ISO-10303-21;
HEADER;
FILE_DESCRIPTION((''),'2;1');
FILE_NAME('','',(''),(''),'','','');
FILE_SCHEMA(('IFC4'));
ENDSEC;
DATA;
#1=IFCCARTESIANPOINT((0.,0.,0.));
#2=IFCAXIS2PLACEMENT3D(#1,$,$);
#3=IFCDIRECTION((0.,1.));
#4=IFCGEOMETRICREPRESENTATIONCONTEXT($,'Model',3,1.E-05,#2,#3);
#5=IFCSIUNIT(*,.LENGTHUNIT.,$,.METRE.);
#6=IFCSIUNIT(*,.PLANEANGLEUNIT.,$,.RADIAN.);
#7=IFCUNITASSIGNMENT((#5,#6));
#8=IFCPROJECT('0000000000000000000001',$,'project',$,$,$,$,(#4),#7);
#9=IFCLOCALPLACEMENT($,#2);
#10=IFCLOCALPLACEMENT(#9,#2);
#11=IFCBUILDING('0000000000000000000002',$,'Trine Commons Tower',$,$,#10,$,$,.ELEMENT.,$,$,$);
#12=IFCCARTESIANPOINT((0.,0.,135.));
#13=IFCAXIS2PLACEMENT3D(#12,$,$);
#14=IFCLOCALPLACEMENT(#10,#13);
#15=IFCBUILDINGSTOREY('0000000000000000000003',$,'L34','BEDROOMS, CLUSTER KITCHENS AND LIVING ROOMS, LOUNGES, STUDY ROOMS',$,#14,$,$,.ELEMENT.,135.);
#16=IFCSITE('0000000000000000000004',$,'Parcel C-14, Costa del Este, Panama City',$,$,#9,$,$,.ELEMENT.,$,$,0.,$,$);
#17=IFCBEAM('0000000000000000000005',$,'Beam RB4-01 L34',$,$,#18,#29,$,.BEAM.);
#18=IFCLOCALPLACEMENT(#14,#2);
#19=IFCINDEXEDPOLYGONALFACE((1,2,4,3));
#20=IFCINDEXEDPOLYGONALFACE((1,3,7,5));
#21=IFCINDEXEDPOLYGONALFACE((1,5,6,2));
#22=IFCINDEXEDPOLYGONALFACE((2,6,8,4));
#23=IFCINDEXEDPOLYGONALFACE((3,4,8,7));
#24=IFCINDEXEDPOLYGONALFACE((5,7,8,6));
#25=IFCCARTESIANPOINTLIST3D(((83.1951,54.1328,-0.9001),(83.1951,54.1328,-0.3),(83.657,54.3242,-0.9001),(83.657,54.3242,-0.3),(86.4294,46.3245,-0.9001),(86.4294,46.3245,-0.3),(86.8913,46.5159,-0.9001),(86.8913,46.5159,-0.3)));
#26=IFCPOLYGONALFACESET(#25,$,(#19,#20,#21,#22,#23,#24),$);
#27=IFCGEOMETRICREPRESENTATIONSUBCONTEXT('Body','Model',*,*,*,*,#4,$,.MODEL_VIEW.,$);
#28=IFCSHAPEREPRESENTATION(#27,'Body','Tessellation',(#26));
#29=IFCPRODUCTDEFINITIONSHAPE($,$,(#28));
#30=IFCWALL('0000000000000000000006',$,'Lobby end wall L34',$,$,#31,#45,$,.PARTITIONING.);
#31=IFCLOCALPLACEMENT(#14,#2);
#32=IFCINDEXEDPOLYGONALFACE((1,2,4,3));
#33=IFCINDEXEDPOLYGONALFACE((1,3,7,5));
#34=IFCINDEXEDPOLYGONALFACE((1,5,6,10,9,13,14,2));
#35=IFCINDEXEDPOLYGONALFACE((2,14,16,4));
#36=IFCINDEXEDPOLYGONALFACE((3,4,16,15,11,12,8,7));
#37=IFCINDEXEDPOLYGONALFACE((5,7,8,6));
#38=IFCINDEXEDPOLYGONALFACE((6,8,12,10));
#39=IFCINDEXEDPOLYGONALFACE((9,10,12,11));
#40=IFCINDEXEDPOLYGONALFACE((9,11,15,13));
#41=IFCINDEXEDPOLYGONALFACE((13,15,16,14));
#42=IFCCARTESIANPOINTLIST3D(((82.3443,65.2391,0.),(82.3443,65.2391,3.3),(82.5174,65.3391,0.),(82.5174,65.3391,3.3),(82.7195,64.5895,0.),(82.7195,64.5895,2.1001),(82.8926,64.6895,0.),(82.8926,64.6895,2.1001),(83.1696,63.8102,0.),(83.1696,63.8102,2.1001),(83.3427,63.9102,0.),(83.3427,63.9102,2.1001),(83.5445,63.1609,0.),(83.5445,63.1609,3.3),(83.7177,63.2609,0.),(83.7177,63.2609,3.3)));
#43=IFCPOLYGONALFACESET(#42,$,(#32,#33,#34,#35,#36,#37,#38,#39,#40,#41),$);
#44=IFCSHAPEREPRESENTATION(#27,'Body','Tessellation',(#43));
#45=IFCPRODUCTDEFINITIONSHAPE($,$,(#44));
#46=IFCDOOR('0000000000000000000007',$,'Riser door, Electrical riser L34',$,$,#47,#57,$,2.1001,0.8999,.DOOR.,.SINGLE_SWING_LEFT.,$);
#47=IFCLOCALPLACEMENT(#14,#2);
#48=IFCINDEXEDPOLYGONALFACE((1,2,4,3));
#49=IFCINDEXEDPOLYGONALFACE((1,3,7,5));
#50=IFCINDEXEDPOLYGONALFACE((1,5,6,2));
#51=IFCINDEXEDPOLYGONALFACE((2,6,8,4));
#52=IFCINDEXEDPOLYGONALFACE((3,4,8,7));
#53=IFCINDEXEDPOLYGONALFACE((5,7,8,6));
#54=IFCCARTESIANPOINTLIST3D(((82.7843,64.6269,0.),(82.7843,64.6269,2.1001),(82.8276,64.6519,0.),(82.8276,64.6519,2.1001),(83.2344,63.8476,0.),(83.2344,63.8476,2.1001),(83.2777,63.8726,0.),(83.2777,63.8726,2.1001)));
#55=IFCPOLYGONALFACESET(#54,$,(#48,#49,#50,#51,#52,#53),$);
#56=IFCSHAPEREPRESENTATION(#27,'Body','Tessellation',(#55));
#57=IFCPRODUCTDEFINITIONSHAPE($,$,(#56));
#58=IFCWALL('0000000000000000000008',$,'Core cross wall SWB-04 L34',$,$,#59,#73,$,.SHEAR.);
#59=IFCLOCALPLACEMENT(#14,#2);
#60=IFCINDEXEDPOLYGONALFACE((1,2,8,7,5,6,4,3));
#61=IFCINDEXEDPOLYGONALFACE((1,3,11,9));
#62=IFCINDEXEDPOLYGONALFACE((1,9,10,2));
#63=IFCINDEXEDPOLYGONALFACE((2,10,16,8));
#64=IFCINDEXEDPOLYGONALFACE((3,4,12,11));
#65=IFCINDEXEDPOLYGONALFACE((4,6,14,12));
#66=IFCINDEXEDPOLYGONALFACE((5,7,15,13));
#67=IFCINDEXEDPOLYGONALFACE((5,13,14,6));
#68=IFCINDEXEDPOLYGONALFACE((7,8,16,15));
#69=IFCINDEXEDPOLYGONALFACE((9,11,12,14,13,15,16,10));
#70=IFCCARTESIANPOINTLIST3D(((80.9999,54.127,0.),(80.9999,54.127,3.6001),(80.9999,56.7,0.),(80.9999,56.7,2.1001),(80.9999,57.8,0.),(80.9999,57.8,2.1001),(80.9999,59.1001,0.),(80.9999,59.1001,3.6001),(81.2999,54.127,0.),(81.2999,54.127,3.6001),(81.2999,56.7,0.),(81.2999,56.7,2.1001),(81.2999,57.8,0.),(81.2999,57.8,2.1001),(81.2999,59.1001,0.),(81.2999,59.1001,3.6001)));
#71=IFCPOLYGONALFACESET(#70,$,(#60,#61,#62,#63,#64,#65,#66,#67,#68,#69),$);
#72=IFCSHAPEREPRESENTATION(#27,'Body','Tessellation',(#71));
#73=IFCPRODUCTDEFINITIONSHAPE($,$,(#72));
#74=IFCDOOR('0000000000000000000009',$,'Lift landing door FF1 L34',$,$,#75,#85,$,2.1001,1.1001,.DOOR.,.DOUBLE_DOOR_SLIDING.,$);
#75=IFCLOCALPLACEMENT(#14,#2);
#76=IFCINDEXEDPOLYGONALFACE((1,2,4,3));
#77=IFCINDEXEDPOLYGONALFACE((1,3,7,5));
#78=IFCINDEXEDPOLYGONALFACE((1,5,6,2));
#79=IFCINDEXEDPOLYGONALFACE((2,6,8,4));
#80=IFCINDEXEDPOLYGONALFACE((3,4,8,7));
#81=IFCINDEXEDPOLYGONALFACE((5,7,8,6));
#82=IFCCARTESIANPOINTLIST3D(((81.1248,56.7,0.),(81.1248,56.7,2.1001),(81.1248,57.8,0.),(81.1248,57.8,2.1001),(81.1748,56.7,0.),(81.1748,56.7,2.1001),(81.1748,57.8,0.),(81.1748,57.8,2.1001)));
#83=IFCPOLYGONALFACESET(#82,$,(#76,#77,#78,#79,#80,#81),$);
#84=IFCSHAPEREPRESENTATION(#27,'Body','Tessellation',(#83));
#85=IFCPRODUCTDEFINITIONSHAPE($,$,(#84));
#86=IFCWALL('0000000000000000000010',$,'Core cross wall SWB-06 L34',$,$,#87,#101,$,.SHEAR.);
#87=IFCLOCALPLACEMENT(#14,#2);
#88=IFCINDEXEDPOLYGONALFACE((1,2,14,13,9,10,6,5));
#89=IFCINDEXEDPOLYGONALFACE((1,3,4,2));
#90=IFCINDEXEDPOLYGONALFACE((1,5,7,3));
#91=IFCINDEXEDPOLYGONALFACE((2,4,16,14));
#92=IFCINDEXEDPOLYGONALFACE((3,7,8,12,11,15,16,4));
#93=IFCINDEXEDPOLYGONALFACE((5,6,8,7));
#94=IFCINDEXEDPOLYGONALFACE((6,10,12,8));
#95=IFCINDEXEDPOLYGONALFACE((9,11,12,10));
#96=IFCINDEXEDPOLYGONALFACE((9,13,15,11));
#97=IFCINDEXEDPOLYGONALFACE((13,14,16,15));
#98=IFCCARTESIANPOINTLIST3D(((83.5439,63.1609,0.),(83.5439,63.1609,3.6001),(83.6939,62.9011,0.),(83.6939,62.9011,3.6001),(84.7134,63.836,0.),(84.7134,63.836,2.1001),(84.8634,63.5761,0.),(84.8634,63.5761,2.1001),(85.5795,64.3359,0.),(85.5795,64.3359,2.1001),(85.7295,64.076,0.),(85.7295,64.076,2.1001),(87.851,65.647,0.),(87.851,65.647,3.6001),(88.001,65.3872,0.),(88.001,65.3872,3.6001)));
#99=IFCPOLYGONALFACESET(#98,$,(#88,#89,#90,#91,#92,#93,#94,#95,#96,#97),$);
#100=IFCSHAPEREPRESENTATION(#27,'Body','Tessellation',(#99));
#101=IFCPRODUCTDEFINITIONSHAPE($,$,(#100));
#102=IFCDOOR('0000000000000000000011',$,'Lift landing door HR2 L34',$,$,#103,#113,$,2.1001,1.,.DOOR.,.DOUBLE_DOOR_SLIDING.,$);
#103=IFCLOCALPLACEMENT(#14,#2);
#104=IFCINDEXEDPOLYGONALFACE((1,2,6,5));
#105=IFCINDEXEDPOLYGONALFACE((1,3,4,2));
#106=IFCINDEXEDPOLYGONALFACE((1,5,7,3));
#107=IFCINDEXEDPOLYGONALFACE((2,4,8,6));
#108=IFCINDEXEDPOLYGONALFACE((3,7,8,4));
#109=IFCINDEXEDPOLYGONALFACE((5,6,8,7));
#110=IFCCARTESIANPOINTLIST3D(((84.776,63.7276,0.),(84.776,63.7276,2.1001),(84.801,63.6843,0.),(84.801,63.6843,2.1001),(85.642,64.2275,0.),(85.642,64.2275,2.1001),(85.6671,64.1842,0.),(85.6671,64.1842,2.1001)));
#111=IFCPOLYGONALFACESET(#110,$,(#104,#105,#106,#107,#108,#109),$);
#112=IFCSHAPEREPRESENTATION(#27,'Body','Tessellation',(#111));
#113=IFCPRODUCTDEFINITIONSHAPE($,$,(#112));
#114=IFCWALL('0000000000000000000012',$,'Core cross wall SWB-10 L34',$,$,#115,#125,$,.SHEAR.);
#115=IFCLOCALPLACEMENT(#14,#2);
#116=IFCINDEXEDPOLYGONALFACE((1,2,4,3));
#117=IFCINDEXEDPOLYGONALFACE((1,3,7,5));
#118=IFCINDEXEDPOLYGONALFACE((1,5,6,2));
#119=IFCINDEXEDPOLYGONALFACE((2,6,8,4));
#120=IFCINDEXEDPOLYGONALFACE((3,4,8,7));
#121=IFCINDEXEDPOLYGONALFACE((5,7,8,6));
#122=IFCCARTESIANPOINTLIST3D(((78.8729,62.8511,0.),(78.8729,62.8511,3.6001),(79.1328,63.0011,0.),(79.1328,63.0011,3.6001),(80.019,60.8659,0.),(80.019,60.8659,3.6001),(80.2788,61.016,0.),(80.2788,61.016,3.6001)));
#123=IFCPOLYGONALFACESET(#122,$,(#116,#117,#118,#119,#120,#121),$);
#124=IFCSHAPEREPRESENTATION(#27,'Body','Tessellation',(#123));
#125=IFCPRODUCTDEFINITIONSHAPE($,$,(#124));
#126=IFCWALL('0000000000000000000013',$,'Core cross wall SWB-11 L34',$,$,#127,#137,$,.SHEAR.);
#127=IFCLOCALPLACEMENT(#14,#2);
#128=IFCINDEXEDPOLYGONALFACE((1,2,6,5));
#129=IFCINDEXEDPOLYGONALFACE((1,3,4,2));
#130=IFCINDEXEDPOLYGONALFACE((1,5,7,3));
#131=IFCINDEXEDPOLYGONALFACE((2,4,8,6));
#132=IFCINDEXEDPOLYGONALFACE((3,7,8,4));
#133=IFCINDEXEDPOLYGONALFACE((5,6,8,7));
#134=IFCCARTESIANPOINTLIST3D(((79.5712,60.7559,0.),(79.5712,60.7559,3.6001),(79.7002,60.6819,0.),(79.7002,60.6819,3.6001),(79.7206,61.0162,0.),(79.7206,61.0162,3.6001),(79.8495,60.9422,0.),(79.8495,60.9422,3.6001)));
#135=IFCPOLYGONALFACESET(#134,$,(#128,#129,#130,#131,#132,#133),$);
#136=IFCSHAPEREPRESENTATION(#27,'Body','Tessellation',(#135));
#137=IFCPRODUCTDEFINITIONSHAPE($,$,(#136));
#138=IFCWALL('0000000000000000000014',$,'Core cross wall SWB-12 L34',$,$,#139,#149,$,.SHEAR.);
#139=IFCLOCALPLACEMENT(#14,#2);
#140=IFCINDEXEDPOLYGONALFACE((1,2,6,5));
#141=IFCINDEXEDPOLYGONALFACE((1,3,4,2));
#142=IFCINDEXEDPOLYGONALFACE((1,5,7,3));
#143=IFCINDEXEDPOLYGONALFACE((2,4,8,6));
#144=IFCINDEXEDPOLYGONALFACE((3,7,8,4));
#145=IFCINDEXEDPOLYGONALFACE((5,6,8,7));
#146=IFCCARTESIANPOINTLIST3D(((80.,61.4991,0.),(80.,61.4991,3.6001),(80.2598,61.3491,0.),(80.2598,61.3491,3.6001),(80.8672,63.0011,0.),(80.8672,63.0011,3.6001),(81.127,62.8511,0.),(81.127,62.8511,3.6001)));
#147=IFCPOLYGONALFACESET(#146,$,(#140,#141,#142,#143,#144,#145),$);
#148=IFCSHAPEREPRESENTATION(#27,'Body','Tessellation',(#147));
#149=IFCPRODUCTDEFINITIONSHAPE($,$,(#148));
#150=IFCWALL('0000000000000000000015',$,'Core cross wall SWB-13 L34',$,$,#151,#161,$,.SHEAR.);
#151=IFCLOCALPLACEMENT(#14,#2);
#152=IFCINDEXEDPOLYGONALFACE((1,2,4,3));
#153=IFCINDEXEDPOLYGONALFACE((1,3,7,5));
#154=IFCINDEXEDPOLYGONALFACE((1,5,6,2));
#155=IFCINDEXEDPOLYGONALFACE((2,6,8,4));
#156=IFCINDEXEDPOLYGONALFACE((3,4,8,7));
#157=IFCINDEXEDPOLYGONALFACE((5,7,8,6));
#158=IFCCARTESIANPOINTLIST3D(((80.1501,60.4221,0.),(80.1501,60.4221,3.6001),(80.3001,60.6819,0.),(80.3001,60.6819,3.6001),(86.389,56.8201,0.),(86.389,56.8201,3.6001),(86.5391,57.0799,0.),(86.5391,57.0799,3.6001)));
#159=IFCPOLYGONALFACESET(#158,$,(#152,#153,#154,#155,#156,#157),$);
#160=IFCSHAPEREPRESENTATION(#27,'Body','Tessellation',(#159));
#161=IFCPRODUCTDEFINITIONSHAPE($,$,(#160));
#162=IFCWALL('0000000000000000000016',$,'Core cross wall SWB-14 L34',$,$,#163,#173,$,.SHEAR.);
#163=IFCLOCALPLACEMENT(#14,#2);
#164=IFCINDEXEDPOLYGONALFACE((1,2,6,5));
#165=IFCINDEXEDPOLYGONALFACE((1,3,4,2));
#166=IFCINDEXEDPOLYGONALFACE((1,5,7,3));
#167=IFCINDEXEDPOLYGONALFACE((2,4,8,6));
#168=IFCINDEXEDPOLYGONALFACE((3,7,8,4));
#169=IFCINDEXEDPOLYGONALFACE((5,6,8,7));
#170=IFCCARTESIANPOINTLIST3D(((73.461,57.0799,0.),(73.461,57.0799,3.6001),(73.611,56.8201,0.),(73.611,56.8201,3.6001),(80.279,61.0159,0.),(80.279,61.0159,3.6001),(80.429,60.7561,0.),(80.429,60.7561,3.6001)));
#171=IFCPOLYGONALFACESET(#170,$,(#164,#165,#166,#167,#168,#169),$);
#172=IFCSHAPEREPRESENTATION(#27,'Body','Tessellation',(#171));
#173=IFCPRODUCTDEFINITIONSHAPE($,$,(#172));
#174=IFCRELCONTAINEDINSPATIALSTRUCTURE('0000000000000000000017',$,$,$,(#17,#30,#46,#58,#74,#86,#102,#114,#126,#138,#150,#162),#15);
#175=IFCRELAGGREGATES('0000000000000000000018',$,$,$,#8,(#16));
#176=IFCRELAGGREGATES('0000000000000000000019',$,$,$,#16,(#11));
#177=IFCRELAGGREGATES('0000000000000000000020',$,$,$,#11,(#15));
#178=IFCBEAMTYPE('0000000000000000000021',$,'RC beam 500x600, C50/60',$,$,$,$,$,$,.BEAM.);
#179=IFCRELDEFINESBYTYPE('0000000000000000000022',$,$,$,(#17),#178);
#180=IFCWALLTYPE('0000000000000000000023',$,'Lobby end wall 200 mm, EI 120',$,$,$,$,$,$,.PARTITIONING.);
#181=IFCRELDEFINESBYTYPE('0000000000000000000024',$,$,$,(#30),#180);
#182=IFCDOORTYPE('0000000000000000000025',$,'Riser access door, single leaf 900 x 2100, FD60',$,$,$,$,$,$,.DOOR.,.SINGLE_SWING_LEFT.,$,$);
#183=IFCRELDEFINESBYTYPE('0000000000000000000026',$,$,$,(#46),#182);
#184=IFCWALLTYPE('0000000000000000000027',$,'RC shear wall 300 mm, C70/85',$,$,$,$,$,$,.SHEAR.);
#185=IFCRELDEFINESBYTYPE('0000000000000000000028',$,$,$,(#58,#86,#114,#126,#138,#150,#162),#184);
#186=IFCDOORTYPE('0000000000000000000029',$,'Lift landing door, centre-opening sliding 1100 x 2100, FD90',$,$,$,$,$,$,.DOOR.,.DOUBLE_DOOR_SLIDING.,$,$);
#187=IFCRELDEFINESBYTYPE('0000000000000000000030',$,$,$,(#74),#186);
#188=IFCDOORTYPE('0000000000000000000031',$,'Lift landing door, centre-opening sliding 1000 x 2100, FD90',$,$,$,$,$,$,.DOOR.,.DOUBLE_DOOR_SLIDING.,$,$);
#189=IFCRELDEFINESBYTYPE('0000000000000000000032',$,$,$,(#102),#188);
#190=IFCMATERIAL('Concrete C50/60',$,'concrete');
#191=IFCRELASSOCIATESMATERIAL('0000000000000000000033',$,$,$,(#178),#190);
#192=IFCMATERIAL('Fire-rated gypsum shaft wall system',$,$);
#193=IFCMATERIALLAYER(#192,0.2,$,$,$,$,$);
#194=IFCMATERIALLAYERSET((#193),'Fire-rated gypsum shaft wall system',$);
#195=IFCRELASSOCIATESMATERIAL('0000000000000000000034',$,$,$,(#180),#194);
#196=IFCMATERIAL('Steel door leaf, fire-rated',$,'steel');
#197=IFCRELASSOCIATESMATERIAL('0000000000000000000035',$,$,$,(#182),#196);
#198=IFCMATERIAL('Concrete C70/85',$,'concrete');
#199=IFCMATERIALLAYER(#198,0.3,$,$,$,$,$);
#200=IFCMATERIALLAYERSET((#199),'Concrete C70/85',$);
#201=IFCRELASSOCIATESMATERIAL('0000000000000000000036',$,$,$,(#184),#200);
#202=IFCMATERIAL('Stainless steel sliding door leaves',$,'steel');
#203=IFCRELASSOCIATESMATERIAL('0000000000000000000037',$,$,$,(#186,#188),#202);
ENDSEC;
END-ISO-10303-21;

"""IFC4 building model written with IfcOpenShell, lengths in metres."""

from ifc_helpers import new_model, si_unit, direction, frame, frame_2d, origin, origin_2d, place, context, subcontext, project, spatial, rectangle, extrude, material, layer, layer_set, material_profile, profile_set, type_object, element, fill, save


model = new_model("IFC4")

# Units and contexts
model_context = context("Model", 3, precision=1e-05, world=origin(), true_north=direction((0.0, 1.0)))
body_context = subcontext(model_context, "Body", "Model", "MODEL_VIEW")
ifc_project = project(units=[si_unit("LENGTHUNIT", "METRE"), si_unit("PLANEANGLEUNIT", "RADIAN")], contexts=[model_context])

# Site, building, storey
site_placement = place(None, origin())
site = spatial("IfcSite", under=ifc_project, at=site_placement, Name="Parcel C-14, Costa del Este, Panama City", CompositionType="ELEMENT", RefElevation=0.0)
building_placement = place(site_placement, origin())
building = spatial("IfcBuilding", under=site, at=building_placement, Name="Trine Commons Tower", CompositionType="ELEMENT")
storey_placement = place(building_placement, frame((0.0, 0.0, 135.0)))
storey = spatial("IfcBuildingStorey", under=building, at=storey_placement, Name="L34", Description="BEDROOMS, CLUSTER KITCHENS AND LIVING ROOMS, LOUNGES, STUDY ROOMS", CompositionType="ELEMENT", Elevation=135.0)

# Beam
ifc_material_1 = material(Name="Concrete C50/60", Category="concrete")
ifc_material_profile = material_profile(ifc_material_1, rectangle(XDim=0.5, YDim=0.6001, at=origin_2d()), Name="RC 500x600")
ifc_profile_set = profile_set([ifc_material_profile], Name="Concrete C50/60")
beam_type = type_object("IfcBeamType", Name="RC beam 500x600, C50/60", PredefinedType="BEAM", material=ifc_profile_set)
beam_placement = place(storey_placement, frame((83.426, 54.2285, -0.6001), z_axis=(0.382689, -0.923877, 0.0), x_axis=(0.923877, 0.382689, 0.0)))
element("IfcBeam", 1, at=beam_placement, inside=storey, type_object=beam_type, Name="Beam RB4-01 L34", PredefinedType="BEAM", context=body_context, shape_type="SweptSolid", body=[
    extrude(rectangle(XDim=0.5, YDim=0.6001, at=origin_2d()), origin(), (0.0, 0.0, 1.0), 8.4517),
])

# Walls, openings, doors
ifc_material_2 = material(Name="Fire-rated gypsum shaft wall system")
ifc_layer_1 = layer(ifc_material_2, 0.2)
ifc_layer_set_1 = layer_set([ifc_layer_1], Name="Fire-rated gypsum shaft wall system")
wall_type_1 = type_object("IfcWallType", Name="Lobby end wall 200 mm, EI 120", PredefinedType="PARTITIONING", material=ifc_layer_set_1)
wall_1_placement = place(storey_placement, frame((83.6311, 63.2109, 0.0), z_axis=(0.0, 0.0, 1.0), x_axis=(-0.500122, 0.865955, 0.0)))
wall_1 = element("IfcWall", 2, at=wall_1_placement, inside=storey, type_object=wall_type_1, Name="Lobby end wall L34", PredefinedType="PARTITIONING", context=body_context, shape_type="SweptSolid", body=[
    extrude(rectangle(XDim=2.3999, YDim=0.2, at=frame_2d((1.2, 0.0))), origin(), (0.0, 0.0, 1.0), 3.3),
])
opening_1_placement = place(wall_1_placement, frame((0.7498, 0.0, 0.0)))
opening_1 = element("IfcOpeningElement", 3, at=opening_1_placement, cuts=wall_1, PredefinedType="OPENING", context=body_context, shape_type="SweptSolid", body=[
    extrude(rectangle(XDim=0.8999, YDim=2.1001, at=frame_2d((0.45, 1.05))), frame((0.0, 0.1099, 0.0), z_axis=(0.0, -1.0, 0.0), x_axis=(1.0, 0.0, 0.0)), (0.0, 0.0, 1.0), 0.22),
])
ifc_material_3 = material(Name="Steel door leaf, fire-rated", Category="steel")
door_type_1 = type_object("IfcDoorType", Name="Riser access door, single leaf 900 x 2100, FD60", OperationType="SINGLE_SWING_LEFT", PredefinedType="DOOR", material=ifc_material_3)
door_1_placement = place(opening_1_placement, frame((0.8999, 0.0, 0.0), z_axis=(0.0, 0.0, 1.0), x_axis=(-1.0, 0.0, 0.0)))
door_1 = element("IfcDoor", 4, at=door_1_placement, inside=storey, type_object=door_type_1, Name="Riser door, Electrical riser L34", OperationType="SINGLE_SWING_LEFT", OverallHeight=2.1001, OverallWidth=0.8999, PredefinedType="DOOR", context=body_context, shape_type="SweptSolid", body=[
    extrude(rectangle(XDim=0.8999, YDim=2.1001, at=frame_2d((0.45, 1.05))), frame((0.0, 0.0249, 0.0), z_axis=(0.0, -1.0, 0.0), x_axis=(1.0, 0.0, 0.0)), (0.0, 0.0, 1.0), 0.05),
])
fill(opening_1, door_1)
ifc_material_4 = material(Name="Concrete C70/85", Category="concrete")
ifc_layer_2 = layer(ifc_material_4, 0.3)
ifc_layer_set_2 = layer_set([ifc_layer_2], Name="Concrete C70/85")
wall_type_2 = type_object("IfcWallType", Name="RC shear wall 300 mm, C70/85", PredefinedType="SHEAR", material=ifc_layer_set_2)
wall_2_placement = place(storey_placement, frame((81.1499, 59.1001, 0.0), z_axis=(0.0, 0.0, 1.0), x_axis=(0.0, -1.0, 0.0)))
wall_2 = element("IfcWall", 5, at=wall_2_placement, inside=storey, type_object=wall_type_2, Name="Core cross wall SWB-04 L34", PredefinedType="SHEAR", context=body_context, shape_type="SweptSolid", body=[
    extrude(rectangle(XDim=4.9731, YDim=0.3, at=frame_2d((2.4866, 0.0))), origin(), (0.0, 0.0, 1.0), 3.6001),
])
opening_2_placement = place(wall_2_placement, frame((1.3, 0.0, 0.0)))
opening_2 = element("IfcOpeningElement", 6, at=opening_2_placement, cuts=wall_2, PredefinedType="OPENING", context=body_context, shape_type="SweptSolid", body=[
    extrude(rectangle(XDim=1.1001, YDim=2.1001, at=frame_2d((0.55, 1.05))), frame((0.0, 0.1599, 0.0), z_axis=(0.0, -1.0, 0.0), x_axis=(1.0, 0.0, 0.0)), (0.0, 0.0, 1.0), 0.3201),
])
ifc_material_5 = material(Name="Stainless steel sliding door leaves", Category="steel")
door_type_2 = type_object("IfcDoorType", Name="Lift landing door, centre-opening sliding 1100 x 2100, FD90", OperationType="DOUBLE_DOOR_SLIDING", PredefinedType="DOOR", material=ifc_material_5)
door_2_placement = place(opening_2_placement, origin())
door_2 = element("IfcDoor", 7, at=door_2_placement, inside=storey, type_object=door_type_2, Name="Lift landing door FF1 L34", OperationType="DOUBLE_DOOR_SLIDING", OverallHeight=2.1001, OverallWidth=1.1001, PredefinedType="DOOR", context=body_context, shape_type="SweptSolid", body=[
    extrude(rectangle(XDim=1.1001, YDim=2.1001, at=frame_2d((0.55, 1.05))), frame((0.0, 0.0249, 0.0), z_axis=(0.0, -1.0, 0.0), x_axis=(1.0, 0.0, 0.0)), (0.0, 0.0, 1.0), 0.05),
])
fill(opening_2, door_2)
wall_3_placement = place(storey_placement, frame((83.6189, 63.031, 0.0), z_axis=(0.0, 0.0, 1.0), x_axis=(0.866081, 0.499904, 0.0)))
wall_3 = element("IfcWall", 8, at=wall_3_placement, inside=storey, type_object=wall_type_2, Name="Core cross wall SWB-06 L34", PredefinedType="SHEAR", context=body_context, shape_type="SweptSolid", body=[
    extrude(rectangle(XDim=4.9731, YDim=0.3, at=frame_2d((2.4866, 0.0))), origin(), (0.0, 0.0, 1.0), 3.6001),
])
opening_3_placement = place(wall_3_placement, frame((1.3503, 0.0, 0.0)))
opening_3 = element("IfcOpeningElement", 9, at=opening_3_placement, cuts=wall_3, PredefinedType="OPENING", context=body_context, shape_type="SweptSolid", body=[
    extrude(rectangle(XDim=1.0, YDim=2.1001, at=frame_2d((0.5, 1.05))), frame((0.0, 0.1599, 0.0), z_axis=(0.0, -1.0, 0.0), x_axis=(1.0, 0.0, 0.0)), (0.0, 0.0, 1.0), 0.3201),
])
door_type_3 = type_object("IfcDoorType", Name="Lift landing door, centre-opening sliding 1000 x 2100, FD90", OperationType="DOUBLE_DOOR_SLIDING", PredefinedType="DOOR", material=ifc_material_5)
door_3_placement = place(opening_3_placement, origin())
door_3 = element("IfcDoor", 10, at=door_3_placement, inside=storey, type_object=door_type_3, Name="Lift landing door HR2 L34", OperationType="DOUBLE_DOOR_SLIDING", OverallHeight=2.1001, OverallWidth=1.0, PredefinedType="DOOR", context=body_context, shape_type="SweptSolid", body=[
    extrude(rectangle(XDim=1.0, YDim=2.1001, at=frame_2d((0.5, 1.05))), frame((0.0, 0.0249, 0.0), z_axis=(0.0, -1.0, 0.0), x_axis=(1.0, 0.0, 0.0)), (0.0, 0.0, 1.0), 0.05),
])
fill(opening_3, door_3)

# Walls
wall_4_placement = place(storey_placement, frame((79.0029, 62.926, 0.0), z_axis=(0.0, 0.0, 1.0), x_axis=(0.499965, -0.866045, 0.0)))
element("IfcWall", 11, at=wall_4_placement, inside=storey, type_object=wall_type_2, Name="Core cross wall SWB-10 L34", PredefinedType="SHEAR", context=body_context, shape_type="SweptSolid", body=[
    extrude(rectangle(XDim=2.2922, YDim=0.3, at=frame_2d((1.146, 0.0))), origin(), (0.0, 0.0, 1.0), 3.6001),
])
wall_5_placement = place(storey_placement, frame((79.646, 60.886, 0.0), z_axis=(0.0, 0.0, 1.0), x_axis=(0.867332, -0.49773, 0.0)))
element("IfcWall", 12, at=wall_5_placement, inside=storey, type_object=wall_type_2, Name="Core cross wall SWB-11 L34", PredefinedType="SHEAR", context=body_context, shape_type="SweptSolid", body=[
    extrude(rectangle(XDim=0.1487, YDim=0.3, at=frame_2d((0.0742, 0.0))), origin(), (0.0, 0.0, 1.0), 3.6001),
])
wall_6_placement = place(storey_placement, frame((80.1299, 61.4241, 0.0), z_axis=(0.0, 0.0, 1.0), x_axis=(0.500015, 0.866017, 0.0)))
element("IfcWall", 13, at=wall_6_placement, inside=storey, type_object=wall_type_2, Name="Core cross wall SWB-12 L34", PredefinedType="SHEAR", context=body_context, shape_type="SweptSolid", body=[
    extrude(rectangle(XDim=1.7344, YDim=0.3, at=frame_2d((0.8672, 0.0))), origin(), (0.0, 0.0, 1.0), 3.6001),
])
wall_7_placement = place(storey_placement, frame((80.2251, 60.552, 0.0), z_axis=(0.0, 0.0, 1.0), x_axis=(0.866028, -0.499995, 0.0)))
element("IfcWall", 14, at=wall_7_placement, inside=storey, type_object=wall_type_2, Name="Core cross wall SWB-13 L34", PredefinedType="SHEAR", context=body_context, shape_type="SweptSolid", body=[
    extrude(rectangle(XDim=7.2041, YDim=0.3, at=frame_2d((3.6021, 0.0))), origin(), (0.0, 0.0, 1.0), 3.6001),
])
wall_8_placement = place(storey_placement, frame((80.354, 60.886, 0.0), z_axis=(0.0, 0.0, 1.0), x_axis=(-0.866048, -0.499961, 0.0)))
element("IfcWall", 15, at=wall_8_placement, inside=storey, type_object=wall_type_2, Name="Core cross wall SWB-14 L34", PredefinedType="SHEAR", context=body_context, shape_type="SweptSolid", body=[
    extrude(rectangle(XDim=7.8726, YDim=0.3, at=frame_2d((3.9363, 0.0))), origin(), (0.0, 0.0, 1.0), 3.6001),
])

save(model, "model.ifc")
